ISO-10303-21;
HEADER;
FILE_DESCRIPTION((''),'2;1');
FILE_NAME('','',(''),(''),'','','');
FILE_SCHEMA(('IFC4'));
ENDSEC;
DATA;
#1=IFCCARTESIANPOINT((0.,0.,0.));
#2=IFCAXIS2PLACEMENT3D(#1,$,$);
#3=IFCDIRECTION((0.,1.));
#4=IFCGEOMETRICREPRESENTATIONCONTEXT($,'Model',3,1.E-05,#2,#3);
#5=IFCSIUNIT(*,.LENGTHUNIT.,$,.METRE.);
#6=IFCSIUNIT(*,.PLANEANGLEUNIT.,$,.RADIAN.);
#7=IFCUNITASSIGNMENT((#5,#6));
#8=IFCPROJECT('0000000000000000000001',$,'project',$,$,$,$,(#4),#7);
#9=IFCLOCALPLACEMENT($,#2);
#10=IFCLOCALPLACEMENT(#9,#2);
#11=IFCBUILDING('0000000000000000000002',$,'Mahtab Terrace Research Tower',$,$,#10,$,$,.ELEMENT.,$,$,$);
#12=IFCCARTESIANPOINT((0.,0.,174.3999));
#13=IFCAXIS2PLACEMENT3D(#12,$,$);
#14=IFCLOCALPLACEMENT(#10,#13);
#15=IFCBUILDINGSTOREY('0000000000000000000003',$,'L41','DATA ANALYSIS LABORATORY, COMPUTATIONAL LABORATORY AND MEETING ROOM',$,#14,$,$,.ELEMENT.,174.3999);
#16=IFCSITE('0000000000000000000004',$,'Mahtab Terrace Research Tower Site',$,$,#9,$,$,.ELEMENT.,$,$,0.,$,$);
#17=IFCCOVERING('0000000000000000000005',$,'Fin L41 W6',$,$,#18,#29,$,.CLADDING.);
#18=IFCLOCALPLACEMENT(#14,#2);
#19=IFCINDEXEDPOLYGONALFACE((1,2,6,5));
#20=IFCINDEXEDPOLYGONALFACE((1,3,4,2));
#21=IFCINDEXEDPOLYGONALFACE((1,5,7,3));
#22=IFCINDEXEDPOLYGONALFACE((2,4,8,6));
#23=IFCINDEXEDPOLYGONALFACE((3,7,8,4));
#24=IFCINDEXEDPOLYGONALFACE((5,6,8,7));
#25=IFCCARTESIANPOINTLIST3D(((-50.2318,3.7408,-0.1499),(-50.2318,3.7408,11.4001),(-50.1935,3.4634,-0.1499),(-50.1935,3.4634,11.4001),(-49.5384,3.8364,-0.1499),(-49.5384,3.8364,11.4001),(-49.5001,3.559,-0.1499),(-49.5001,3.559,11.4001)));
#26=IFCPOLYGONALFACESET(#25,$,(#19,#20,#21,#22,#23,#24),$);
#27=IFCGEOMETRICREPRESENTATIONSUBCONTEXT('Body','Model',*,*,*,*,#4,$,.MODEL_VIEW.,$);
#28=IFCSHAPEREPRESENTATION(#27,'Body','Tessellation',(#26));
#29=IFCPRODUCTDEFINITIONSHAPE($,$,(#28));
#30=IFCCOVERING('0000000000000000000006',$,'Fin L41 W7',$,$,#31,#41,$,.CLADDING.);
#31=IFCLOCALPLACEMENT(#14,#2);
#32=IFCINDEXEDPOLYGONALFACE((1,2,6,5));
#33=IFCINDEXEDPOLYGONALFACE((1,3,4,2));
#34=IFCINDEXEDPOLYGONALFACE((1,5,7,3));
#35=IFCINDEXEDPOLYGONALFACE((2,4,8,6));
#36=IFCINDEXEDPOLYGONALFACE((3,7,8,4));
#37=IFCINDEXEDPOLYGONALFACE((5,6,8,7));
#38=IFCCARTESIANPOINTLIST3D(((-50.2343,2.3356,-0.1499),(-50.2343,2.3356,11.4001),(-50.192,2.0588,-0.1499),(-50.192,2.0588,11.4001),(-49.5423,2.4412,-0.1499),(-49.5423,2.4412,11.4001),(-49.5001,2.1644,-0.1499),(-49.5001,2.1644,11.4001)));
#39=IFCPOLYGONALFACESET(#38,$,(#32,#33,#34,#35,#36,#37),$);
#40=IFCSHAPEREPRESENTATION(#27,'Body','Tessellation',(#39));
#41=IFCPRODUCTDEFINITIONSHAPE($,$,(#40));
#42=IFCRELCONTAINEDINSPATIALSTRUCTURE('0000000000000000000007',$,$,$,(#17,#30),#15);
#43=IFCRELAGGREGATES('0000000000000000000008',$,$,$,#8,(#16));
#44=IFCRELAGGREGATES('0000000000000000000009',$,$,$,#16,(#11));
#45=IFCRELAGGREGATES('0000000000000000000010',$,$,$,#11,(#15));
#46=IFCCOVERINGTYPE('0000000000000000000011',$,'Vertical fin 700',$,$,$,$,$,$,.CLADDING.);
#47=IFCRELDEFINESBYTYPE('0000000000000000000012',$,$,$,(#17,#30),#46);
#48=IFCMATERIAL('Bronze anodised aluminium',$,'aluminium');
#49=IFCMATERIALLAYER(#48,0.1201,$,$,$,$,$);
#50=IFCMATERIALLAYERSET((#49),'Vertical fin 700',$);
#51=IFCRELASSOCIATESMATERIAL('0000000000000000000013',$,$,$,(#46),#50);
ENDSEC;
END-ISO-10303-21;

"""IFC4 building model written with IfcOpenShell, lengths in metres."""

from ifc_helpers import new_model, si_unit, direction, frame, origin, origin_2d, place, context, subcontext, project, spatial, rectangle, extrude, material, layer, layer_set, type_object, element, save


model = new_model("IFC4")

# Units and contexts
model_context = context("Model", 3, precision=1e-05, world=origin(), true_north=direction((0.0, 1.0)))
body_context = subcontext(model_context, "Body", "Model", "MODEL_VIEW")
ifc_project = project(units=[si_unit("LENGTHUNIT", "METRE"), si_unit("PLANEANGLEUNIT", "RADIAN")], contexts=[model_context])

# Site, building, storey
site_placement = place(None, origin())
site = spatial("IfcSite", under=ifc_project, at=site_placement, Name="Mahtab Terrace Research Tower Site", CompositionType="ELEMENT", RefElevation=0.0)
building_placement = place(site_placement, origin())
building = spatial("IfcBuilding", under=site, at=building_placement, Name="Mahtab Terrace Research Tower", CompositionType="ELEMENT")
storey_placement = place(building_placement, frame((0.0, 0.0, 174.3999)))
storey = spatial("IfcBuildingStorey", under=building, at=storey_placement, Name="L41", Description="DATA ANALYSIS LABORATORY, COMPUTATIONAL LABORATORY AND MEETING ROOM", CompositionType="ELEMENT", Elevation=174.3999)

# Coverings
ifc_material_1 = material(Name="Bronze anodised aluminium", Category="aluminium")
ifc_layer_1 = layer(ifc_material_1, 0.1201)
ifc_layer_set_1 = layer_set([ifc_layer_1], Name="Vertical fin 700")
covering_type = type_object("IfcCoveringType", Name="Vertical fin 700", PredefinedType="CLADDING", material=ifc_layer_set_1)
for number, where, z_axis, x_axis, name in (
    (1, (-49.866, 3.6499, -0.1499), (0.0, 0.0, 1.0), (0.136631, -0.990622, 0.0), "Fin L41 W6"),
    (2, (-49.8672, 2.25, -0.1499), (0.0, 0.0, 1.0), (0.150855, -0.988556, 0.0), "Fin L41 W7"),
):
    element("IfcCovering", number, at=place(storey_placement, frame(where, z_axis=z_axis, x_axis=x_axis)), inside=storey, type_object=covering_type, Name=name, PredefinedType="CLADDING", context=body_context, shape_type="SweptSolid", body=[
        extrude(rectangle(XDim=0.28, YDim=0.7, at=origin_2d()), origin(), (0.0, 0.0, 1.0), 11.55),
    ])

save(model, "model.ifc")
